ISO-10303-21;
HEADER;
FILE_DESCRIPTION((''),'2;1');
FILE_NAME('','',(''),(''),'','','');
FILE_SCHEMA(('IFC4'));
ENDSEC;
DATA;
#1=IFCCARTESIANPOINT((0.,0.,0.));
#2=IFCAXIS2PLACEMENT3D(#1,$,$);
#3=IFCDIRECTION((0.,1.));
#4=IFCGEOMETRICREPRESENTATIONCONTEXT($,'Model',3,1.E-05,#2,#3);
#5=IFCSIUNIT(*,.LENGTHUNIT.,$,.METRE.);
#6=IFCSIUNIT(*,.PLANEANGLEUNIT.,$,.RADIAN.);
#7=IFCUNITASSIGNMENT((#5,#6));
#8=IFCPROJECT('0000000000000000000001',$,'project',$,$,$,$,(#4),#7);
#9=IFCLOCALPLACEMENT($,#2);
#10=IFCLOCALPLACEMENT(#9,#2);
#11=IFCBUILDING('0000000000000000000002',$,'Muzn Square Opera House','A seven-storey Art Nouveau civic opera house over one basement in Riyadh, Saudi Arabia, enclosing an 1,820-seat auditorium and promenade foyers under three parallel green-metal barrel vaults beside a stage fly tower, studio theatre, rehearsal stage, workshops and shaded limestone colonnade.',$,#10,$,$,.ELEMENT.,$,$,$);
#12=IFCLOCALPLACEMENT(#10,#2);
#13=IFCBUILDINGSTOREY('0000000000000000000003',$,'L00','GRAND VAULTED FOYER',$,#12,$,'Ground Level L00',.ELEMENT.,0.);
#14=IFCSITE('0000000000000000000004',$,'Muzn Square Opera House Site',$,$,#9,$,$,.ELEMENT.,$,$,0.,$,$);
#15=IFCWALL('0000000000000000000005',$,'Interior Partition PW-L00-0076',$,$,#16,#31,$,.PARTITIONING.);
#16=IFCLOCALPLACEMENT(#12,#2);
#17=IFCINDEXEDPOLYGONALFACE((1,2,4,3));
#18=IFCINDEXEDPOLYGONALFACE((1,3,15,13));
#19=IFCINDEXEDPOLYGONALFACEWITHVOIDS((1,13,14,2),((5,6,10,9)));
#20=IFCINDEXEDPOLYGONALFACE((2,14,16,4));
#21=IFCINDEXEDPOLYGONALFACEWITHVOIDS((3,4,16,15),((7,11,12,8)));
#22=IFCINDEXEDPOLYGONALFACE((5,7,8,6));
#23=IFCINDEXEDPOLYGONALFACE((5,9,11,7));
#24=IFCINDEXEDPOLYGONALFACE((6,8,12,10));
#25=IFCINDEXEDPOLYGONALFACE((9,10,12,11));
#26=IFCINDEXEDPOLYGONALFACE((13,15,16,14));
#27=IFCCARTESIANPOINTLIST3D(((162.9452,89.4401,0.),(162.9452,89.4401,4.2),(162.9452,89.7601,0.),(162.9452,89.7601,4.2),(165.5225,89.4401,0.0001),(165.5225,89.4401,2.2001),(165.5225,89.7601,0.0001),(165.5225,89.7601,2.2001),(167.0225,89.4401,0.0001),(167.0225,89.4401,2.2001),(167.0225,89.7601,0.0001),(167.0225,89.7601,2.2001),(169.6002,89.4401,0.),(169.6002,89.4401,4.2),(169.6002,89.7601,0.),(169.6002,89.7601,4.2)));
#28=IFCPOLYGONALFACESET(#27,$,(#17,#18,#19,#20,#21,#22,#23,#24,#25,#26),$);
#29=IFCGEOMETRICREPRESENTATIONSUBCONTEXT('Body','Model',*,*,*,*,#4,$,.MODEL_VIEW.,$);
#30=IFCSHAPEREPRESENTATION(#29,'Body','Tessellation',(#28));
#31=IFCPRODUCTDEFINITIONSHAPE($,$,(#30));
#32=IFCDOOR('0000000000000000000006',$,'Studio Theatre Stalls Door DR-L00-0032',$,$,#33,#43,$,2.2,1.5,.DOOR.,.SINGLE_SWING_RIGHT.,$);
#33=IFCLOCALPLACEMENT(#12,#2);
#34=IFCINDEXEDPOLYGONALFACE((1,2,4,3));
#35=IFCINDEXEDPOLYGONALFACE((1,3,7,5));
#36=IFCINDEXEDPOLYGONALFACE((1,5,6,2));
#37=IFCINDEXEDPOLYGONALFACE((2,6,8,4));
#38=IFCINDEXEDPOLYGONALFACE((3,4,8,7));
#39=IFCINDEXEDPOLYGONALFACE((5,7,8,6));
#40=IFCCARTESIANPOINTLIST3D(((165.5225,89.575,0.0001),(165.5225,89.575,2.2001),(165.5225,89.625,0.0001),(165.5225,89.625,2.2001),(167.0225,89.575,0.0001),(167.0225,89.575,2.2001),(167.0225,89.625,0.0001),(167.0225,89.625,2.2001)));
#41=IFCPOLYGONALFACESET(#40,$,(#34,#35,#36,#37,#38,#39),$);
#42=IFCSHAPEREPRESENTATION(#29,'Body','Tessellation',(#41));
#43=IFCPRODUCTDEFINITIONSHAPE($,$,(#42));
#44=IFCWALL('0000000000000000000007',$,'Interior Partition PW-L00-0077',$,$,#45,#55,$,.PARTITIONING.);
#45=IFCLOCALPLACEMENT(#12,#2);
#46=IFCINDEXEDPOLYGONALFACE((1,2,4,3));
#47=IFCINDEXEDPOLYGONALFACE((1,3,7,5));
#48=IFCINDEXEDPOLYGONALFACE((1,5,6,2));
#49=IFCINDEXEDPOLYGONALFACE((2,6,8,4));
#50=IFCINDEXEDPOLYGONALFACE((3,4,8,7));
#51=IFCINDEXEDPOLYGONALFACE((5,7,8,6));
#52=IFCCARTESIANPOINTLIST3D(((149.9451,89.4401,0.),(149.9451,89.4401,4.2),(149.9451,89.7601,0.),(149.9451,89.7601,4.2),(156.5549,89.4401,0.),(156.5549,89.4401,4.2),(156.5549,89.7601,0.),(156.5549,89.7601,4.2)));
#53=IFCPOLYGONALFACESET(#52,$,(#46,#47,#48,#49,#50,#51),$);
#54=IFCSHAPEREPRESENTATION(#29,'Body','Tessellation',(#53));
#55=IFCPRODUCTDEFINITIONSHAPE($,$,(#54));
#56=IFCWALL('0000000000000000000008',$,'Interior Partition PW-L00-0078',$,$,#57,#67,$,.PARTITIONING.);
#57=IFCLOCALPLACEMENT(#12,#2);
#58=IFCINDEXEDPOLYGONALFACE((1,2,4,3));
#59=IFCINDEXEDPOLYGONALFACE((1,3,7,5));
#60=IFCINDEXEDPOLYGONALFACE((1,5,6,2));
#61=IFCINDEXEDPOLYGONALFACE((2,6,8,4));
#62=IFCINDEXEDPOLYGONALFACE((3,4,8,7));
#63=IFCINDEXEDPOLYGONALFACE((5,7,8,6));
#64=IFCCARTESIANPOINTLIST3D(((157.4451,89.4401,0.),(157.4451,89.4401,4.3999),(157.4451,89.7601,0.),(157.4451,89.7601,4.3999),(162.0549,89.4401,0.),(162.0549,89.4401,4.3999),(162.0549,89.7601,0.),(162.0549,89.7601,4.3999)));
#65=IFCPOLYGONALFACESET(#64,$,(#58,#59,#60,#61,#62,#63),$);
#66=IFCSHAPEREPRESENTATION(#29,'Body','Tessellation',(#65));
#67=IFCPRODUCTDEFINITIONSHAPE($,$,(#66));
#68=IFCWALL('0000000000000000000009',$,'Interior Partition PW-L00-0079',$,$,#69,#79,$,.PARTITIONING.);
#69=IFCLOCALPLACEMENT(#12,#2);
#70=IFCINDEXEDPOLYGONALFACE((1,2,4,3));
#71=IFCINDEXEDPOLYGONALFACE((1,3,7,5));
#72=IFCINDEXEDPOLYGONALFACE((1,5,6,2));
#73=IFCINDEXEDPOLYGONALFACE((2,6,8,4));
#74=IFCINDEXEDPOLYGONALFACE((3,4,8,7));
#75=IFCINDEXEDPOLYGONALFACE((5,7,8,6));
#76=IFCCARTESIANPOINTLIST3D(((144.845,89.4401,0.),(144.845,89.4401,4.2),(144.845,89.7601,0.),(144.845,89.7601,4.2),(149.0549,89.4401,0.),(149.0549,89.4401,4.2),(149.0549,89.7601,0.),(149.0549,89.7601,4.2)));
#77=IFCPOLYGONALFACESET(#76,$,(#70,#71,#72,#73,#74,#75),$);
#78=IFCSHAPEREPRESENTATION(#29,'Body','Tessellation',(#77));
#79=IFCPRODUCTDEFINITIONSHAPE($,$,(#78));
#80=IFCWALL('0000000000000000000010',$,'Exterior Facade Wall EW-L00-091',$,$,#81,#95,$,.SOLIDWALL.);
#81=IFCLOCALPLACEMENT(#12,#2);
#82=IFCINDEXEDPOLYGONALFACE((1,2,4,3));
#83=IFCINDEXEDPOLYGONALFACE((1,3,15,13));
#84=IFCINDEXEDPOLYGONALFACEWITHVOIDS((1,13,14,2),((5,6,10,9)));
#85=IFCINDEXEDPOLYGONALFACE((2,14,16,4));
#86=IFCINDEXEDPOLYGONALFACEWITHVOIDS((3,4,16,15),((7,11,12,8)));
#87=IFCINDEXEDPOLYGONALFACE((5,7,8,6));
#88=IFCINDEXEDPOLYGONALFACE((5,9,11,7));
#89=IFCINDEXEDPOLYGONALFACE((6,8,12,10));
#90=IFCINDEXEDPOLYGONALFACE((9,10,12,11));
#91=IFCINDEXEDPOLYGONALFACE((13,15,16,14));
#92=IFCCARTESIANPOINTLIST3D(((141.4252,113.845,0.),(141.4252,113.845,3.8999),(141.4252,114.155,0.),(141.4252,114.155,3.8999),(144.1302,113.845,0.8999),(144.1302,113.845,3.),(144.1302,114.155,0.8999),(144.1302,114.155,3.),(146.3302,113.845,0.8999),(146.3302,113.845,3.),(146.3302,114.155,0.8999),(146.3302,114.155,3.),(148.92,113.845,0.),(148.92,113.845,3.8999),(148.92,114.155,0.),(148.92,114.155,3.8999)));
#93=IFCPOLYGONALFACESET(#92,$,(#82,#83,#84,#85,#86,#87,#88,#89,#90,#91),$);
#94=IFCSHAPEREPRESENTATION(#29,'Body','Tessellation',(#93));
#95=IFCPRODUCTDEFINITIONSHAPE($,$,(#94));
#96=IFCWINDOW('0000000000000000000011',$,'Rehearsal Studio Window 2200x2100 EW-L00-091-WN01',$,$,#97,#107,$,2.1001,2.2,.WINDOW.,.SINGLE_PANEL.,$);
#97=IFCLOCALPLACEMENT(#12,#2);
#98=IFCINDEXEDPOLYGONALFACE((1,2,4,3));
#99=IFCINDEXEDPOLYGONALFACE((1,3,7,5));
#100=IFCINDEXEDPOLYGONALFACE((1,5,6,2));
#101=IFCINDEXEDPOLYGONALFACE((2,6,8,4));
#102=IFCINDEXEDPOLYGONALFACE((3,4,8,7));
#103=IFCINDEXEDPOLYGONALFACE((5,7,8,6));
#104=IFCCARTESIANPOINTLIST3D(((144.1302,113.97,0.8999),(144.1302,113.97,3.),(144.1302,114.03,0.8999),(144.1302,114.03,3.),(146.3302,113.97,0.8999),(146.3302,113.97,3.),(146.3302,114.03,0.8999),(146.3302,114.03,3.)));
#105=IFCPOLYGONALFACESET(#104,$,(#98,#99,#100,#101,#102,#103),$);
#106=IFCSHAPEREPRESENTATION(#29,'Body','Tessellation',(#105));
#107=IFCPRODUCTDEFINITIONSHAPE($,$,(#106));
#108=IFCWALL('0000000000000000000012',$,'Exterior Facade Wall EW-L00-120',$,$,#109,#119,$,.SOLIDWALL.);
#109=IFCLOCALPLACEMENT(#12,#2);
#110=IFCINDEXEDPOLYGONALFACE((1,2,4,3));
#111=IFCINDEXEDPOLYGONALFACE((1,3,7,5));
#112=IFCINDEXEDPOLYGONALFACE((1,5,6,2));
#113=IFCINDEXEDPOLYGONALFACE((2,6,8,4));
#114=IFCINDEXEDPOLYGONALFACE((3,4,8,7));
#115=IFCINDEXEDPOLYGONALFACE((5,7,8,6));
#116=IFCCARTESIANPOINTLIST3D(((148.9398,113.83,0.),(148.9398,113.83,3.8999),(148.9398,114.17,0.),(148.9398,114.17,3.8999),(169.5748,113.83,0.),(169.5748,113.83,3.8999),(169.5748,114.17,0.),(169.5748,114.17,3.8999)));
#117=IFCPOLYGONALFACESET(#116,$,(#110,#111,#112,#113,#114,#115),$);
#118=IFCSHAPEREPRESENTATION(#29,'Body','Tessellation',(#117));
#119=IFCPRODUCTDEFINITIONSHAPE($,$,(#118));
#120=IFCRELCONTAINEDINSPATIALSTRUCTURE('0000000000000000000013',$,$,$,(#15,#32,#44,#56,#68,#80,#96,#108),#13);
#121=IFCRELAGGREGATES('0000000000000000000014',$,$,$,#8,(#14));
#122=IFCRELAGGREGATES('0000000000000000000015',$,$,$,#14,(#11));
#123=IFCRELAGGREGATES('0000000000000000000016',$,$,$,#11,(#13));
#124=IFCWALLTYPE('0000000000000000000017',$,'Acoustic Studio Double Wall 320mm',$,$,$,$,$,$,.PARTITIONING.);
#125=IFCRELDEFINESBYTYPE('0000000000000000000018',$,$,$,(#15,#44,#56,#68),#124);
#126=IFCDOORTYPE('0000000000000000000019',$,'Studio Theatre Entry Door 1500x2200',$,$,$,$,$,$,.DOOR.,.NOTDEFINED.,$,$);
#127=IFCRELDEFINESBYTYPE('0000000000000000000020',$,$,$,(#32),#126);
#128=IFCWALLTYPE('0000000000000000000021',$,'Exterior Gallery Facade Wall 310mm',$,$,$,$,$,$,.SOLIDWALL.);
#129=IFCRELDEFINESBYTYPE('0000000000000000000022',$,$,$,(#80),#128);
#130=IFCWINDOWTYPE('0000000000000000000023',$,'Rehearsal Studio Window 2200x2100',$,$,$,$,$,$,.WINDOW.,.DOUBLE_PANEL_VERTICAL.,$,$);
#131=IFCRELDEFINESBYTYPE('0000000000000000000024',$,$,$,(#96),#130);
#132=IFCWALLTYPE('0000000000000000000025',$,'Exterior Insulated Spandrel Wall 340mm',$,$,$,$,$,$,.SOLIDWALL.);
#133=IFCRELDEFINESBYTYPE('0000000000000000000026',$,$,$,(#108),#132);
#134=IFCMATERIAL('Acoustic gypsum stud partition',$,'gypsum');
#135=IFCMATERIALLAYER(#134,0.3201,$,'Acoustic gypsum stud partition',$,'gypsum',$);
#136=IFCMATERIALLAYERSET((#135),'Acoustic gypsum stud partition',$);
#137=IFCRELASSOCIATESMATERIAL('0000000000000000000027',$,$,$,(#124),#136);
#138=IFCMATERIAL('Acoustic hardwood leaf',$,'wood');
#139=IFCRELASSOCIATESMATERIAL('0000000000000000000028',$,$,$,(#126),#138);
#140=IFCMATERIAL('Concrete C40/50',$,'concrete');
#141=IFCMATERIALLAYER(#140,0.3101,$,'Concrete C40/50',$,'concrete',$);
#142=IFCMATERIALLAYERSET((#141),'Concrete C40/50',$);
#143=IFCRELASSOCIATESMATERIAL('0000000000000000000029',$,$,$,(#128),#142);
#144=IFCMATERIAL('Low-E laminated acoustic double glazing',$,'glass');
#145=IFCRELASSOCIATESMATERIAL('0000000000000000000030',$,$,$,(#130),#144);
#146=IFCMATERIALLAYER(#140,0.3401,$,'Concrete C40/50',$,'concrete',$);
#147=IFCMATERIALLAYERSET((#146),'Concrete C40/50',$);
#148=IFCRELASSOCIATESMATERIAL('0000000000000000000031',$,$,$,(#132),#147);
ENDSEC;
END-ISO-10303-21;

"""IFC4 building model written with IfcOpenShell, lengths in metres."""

from ifc_helpers import new_model, si_unit, direction, frame, frame_2d, origin, place, context, subcontext, project, spatial, rectangle, extrude, material, layer, layer_set, type_object, element, fill, save


model = new_model("IFC4")

# Units and contexts
model_context = context("Model", 3, precision=1e-05, world=origin(), true_north=direction((0.0, 1.0)))
body_context = subcontext(model_context, "Body", "Model", "MODEL_VIEW")
ifc_project = project(units=[si_unit("LENGTHUNIT", "METRE"), si_unit("PLANEANGLEUNIT", "RADIAN")], contexts=[model_context])

# Site, building, storey
site_placement = place(None, origin())
site = spatial("IfcSite", under=ifc_project, at=site_placement, Name="Muzn Square Opera House Site", CompositionType="ELEMENT", RefElevation=0.0)
building_placement = place(site_placement, origin())
building = spatial("IfcBuilding", under=site, at=building_placement, Name="Muzn Square Opera House", Description="A seven-storey Art Nouveau civic opera house over one basement in Riyadh, Saudi Arabia, enclosing an 1,820-seat auditorium and promenade foyers under three parallel green-metal barrel vaults beside a stage fly tower, studio theatre, rehearsal stage, workshops and shaded limestone colonnade.", CompositionType="ELEMENT")
storey_placement = place(building_placement, origin())
storey = spatial("IfcBuildingStorey", under=building, at=storey_placement, Name="L00", Description="GRAND VAULTED FOYER", LongName="Ground Level L00", CompositionType="ELEMENT", Elevation=0.0)

# Shared definitions
ifc_material_1 = material(Name="Low-E laminated acoustic double glazing", Category="glass")

# Shared definitions
ifc_material_2 = material(Name="Concrete C40/50", Category="concrete")

# Wall, opening, door
ifc_material_3 = material(Name="Acoustic gypsum stud partition", Category="gypsum")
ifc_layer_1 = layer(ifc_material_3, 0.3201, Name="Acoustic gypsum stud partition", Category="gypsum")
ifc_layer_set_1 = layer_set([ifc_layer_1], Name="Acoustic gypsum stud partition")
wall_type_1 = type_object("IfcWallType", Name="Acoustic Studio Double Wall 320mm", PredefinedType="PARTITIONING", material=ifc_layer_set_1)
wall_1_placement = place(storey_placement, frame((162.9451, 89.6001, 0.0), z_axis=(0.0, 0.0, 1.0), x_axis=(1.0, 0.0, 0.0)))
wall_1 = element("IfcWall", 1, at=wall_1_placement, inside=storey, type_object=wall_type_1, Name="Interior Partition PW-L00-0076", PredefinedType="PARTITIONING", context=body_context, shape_type="SweptSolid", body=[
    extrude(rectangle(XDim=6.655, YDim=0.3201, at=frame_2d((3.3276, 0.0))), origin(), (0.0, 0.0, 1.0), 4.2),
])
opening_1_placement = place(wall_1_placement, frame((2.5774, 0.0, 0.0)))
opening_1 = element("IfcOpeningElement", 2, at=opening_1_placement, cuts=wall_1, PredefinedType="OPENING", context=body_context, shape_type="SweptSolid", body=[
    extrude(rectangle(XDim=1.5, YDim=2.2, at=frame_2d((0.75, 1.1001))), frame((0.0, 0.1699, 0.0), z_axis=(0.0, -1.0, 0.0), x_axis=(1.0, 0.0, 0.0)), (0.0, 0.0, 1.0), 0.3401),
])
ifc_material_4 = material(Name="Acoustic hardwood leaf", Category="wood")
door_type = type_object("IfcDoorType", Name="Studio Theatre Entry Door 1500x2200", OperationType="NOTDEFINED", PredefinedType="DOOR", material=ifc_material_4)
door_placement = place(opening_1_placement, origin())
door = element("IfcDoor", 3, at=door_placement, inside=storey, type_object=door_type, Name="Studio Theatre Stalls Door DR-L00-0032", OperationType="SINGLE_SWING_RIGHT", OverallHeight=2.2, OverallWidth=1.5, PredefinedType="DOOR", context=body_context, shape_type="SweptSolid", body=[
    extrude(rectangle(XDim=1.5, YDim=2.2, at=frame_2d((0.75, 1.1001))), frame((0.0, 0.0249, 0.0), z_axis=(0.0, -1.0, 0.0), x_axis=(1.0, 0.0, 0.0)), (0.0, 0.0, 1.0), 0.05),
])
fill(opening_1, door)

# Walls
wall_2_placement = place(storey_placement, frame((149.9451, 89.6001, 0.0), z_axis=(0.0, 0.0, 1.0), x_axis=(1.0, 0.0, 0.0)))
element("IfcWall", 4, at=wall_2_placement, inside=storey, type_object=wall_type_1, Name="Interior Partition PW-L00-0077", PredefinedType="PARTITIONING", context=body_context, shape_type="SweptSolid", body=[
    extrude(rectangle(XDim=6.6099, YDim=0.3201, at=frame_2d((3.3049, 0.0))), origin(), (0.0, 0.0, 1.0), 4.2),
])
wall_3_placement = place(storey_placement, frame((157.4451, 89.6001, 0.0), z_axis=(0.0, 0.0, 1.0), x_axis=(1.0, 0.0, 0.0)))
element("IfcWall", 5, at=wall_3_placement, inside=storey, type_object=wall_type_1, Name="Interior Partition PW-L00-0078", PredefinedType="PARTITIONING", context=body_context, shape_type="SweptSolid", body=[
    extrude(rectangle(XDim=4.6099, YDim=0.3201, at=frame_2d((2.3049, 0.0))), origin(), (0.0, 0.0, 1.0), 4.3999),
])
wall_4_placement = place(storey_placement, frame((144.845, 89.6001, 0.0), z_axis=(0.0, 0.0, 1.0), x_axis=(1.0, 0.0, 0.0)))
element("IfcWall", 6, at=wall_4_placement, inside=storey, type_object=wall_type_1, Name="Interior Partition PW-L00-0079", PredefinedType="PARTITIONING", context=body_context, shape_type="SweptSolid", body=[
    extrude(rectangle(XDim=4.21, YDim=0.3201, at=frame_2d((2.105, 0.0))), origin(), (0.0, 0.0, 1.0), 4.2),
])

# Wall, opening, window
ifc_layer_2 = layer(ifc_material_2, 0.3101, Name="Concrete C40/50", Category="concrete")
ifc_layer_set_2 = layer_set([ifc_layer_2], Name="Concrete C40/50")
wall_type_2 = type_object("IfcWallType", Name="Exterior Gallery Facade Wall 310mm", PredefinedType="SOLIDWALL", material=ifc_layer_set_2)
wall_5_placement = place(storey_placement, frame((141.425, 114.0, 0.0), z_axis=(0.0, 0.0, 1.0), x_axis=(1.0, 0.0, 0.0)))
wall_5 = element("IfcWall", 7, at=wall_5_placement, inside=storey, type_object=wall_type_2, Name="Exterior Facade Wall EW-L00-091", PredefinedType="SOLIDWALL", context=body_context, shape_type="SweptSolid", body=[
    extrude(rectangle(XDim=7.4949, YDim=0.3101, at=frame_2d((3.7476, 0.0))), origin(), (0.0, 0.0, 1.0), 3.8999),
])
opening_2_placement = place(wall_5_placement, frame((2.7051, 0.0, 0.8999)))
opening_2 = element("IfcOpeningElement", 8, at=opening_2_placement, cuts=wall_5, PredefinedType="OPENING", context=body_context, shape_type="SweptSolid", body=[
    extrude(rectangle(XDim=2.2, YDim=2.1001, at=frame_2d((1.1001, 1.05))), frame((0.0, 0.165, 0.0), z_axis=(0.0, -1.0, 0.0), x_axis=(1.0, 0.0, 0.0)), (0.0, 0.0, 1.0), 0.3301),
])
window_type = type_object("IfcWindowType", Name="Rehearsal Studio Window 2200x2100", PartitioningType="DOUBLE_PANEL_VERTICAL", PredefinedType="WINDOW", material=ifc_material_1)
window_placement = place(opening_2_placement, origin())
window = element("IfcWindow", 9, at=window_placement, inside=storey, type_object=window_type, Name="Rehearsal Studio Window 2200x2100 EW-L00-091-WN01", OverallHeight=2.1001, OverallWidth=2.2, PartitioningType="SINGLE_PANEL", PredefinedType="WINDOW", context=body_context, shape_type="SweptSolid", body=[
    extrude(rectangle(XDim=2.2, YDim=2.1001, at=frame_2d((1.1001, 1.05))), frame((0.0, 0.03, 0.0), z_axis=(0.0, -1.0, 0.0), x_axis=(1.0, 0.0, 0.0)), (0.0, 0.0, 1.0), 0.0601),
])
fill(opening_2, window)

# Wall
ifc_layer_3 = layer(ifc_material_2, 0.3401, Name="Concrete C40/50", Category="concrete")
ifc_layer_set_3 = layer_set([ifc_layer_3], Name="Concrete C40/50")
wall_type_3 = type_object("IfcWallType", Name="Exterior Insulated Spandrel Wall 340mm", PredefinedType="SOLIDWALL", material=ifc_layer_set_3)
wall_6_placement = place(storey_placement, frame((148.9399, 114.0, 0.0), z_axis=(0.0, 0.0, 1.0), x_axis=(1.0, 0.0, 0.0)))
element("IfcWall", 10, at=wall_6_placement, inside=storey, type_object=wall_type_3, Name="Exterior Facade Wall EW-L00-120", PredefinedType="SOLIDWALL", context=body_context, shape_type="SweptSolid", body=[
    extrude(rectangle(XDim=20.635, YDim=0.3401, at=frame_2d((10.3174, 0.0))), origin(), (0.0, 0.0, 1.0), 3.8999),
])

save(model, "model.ifc")
